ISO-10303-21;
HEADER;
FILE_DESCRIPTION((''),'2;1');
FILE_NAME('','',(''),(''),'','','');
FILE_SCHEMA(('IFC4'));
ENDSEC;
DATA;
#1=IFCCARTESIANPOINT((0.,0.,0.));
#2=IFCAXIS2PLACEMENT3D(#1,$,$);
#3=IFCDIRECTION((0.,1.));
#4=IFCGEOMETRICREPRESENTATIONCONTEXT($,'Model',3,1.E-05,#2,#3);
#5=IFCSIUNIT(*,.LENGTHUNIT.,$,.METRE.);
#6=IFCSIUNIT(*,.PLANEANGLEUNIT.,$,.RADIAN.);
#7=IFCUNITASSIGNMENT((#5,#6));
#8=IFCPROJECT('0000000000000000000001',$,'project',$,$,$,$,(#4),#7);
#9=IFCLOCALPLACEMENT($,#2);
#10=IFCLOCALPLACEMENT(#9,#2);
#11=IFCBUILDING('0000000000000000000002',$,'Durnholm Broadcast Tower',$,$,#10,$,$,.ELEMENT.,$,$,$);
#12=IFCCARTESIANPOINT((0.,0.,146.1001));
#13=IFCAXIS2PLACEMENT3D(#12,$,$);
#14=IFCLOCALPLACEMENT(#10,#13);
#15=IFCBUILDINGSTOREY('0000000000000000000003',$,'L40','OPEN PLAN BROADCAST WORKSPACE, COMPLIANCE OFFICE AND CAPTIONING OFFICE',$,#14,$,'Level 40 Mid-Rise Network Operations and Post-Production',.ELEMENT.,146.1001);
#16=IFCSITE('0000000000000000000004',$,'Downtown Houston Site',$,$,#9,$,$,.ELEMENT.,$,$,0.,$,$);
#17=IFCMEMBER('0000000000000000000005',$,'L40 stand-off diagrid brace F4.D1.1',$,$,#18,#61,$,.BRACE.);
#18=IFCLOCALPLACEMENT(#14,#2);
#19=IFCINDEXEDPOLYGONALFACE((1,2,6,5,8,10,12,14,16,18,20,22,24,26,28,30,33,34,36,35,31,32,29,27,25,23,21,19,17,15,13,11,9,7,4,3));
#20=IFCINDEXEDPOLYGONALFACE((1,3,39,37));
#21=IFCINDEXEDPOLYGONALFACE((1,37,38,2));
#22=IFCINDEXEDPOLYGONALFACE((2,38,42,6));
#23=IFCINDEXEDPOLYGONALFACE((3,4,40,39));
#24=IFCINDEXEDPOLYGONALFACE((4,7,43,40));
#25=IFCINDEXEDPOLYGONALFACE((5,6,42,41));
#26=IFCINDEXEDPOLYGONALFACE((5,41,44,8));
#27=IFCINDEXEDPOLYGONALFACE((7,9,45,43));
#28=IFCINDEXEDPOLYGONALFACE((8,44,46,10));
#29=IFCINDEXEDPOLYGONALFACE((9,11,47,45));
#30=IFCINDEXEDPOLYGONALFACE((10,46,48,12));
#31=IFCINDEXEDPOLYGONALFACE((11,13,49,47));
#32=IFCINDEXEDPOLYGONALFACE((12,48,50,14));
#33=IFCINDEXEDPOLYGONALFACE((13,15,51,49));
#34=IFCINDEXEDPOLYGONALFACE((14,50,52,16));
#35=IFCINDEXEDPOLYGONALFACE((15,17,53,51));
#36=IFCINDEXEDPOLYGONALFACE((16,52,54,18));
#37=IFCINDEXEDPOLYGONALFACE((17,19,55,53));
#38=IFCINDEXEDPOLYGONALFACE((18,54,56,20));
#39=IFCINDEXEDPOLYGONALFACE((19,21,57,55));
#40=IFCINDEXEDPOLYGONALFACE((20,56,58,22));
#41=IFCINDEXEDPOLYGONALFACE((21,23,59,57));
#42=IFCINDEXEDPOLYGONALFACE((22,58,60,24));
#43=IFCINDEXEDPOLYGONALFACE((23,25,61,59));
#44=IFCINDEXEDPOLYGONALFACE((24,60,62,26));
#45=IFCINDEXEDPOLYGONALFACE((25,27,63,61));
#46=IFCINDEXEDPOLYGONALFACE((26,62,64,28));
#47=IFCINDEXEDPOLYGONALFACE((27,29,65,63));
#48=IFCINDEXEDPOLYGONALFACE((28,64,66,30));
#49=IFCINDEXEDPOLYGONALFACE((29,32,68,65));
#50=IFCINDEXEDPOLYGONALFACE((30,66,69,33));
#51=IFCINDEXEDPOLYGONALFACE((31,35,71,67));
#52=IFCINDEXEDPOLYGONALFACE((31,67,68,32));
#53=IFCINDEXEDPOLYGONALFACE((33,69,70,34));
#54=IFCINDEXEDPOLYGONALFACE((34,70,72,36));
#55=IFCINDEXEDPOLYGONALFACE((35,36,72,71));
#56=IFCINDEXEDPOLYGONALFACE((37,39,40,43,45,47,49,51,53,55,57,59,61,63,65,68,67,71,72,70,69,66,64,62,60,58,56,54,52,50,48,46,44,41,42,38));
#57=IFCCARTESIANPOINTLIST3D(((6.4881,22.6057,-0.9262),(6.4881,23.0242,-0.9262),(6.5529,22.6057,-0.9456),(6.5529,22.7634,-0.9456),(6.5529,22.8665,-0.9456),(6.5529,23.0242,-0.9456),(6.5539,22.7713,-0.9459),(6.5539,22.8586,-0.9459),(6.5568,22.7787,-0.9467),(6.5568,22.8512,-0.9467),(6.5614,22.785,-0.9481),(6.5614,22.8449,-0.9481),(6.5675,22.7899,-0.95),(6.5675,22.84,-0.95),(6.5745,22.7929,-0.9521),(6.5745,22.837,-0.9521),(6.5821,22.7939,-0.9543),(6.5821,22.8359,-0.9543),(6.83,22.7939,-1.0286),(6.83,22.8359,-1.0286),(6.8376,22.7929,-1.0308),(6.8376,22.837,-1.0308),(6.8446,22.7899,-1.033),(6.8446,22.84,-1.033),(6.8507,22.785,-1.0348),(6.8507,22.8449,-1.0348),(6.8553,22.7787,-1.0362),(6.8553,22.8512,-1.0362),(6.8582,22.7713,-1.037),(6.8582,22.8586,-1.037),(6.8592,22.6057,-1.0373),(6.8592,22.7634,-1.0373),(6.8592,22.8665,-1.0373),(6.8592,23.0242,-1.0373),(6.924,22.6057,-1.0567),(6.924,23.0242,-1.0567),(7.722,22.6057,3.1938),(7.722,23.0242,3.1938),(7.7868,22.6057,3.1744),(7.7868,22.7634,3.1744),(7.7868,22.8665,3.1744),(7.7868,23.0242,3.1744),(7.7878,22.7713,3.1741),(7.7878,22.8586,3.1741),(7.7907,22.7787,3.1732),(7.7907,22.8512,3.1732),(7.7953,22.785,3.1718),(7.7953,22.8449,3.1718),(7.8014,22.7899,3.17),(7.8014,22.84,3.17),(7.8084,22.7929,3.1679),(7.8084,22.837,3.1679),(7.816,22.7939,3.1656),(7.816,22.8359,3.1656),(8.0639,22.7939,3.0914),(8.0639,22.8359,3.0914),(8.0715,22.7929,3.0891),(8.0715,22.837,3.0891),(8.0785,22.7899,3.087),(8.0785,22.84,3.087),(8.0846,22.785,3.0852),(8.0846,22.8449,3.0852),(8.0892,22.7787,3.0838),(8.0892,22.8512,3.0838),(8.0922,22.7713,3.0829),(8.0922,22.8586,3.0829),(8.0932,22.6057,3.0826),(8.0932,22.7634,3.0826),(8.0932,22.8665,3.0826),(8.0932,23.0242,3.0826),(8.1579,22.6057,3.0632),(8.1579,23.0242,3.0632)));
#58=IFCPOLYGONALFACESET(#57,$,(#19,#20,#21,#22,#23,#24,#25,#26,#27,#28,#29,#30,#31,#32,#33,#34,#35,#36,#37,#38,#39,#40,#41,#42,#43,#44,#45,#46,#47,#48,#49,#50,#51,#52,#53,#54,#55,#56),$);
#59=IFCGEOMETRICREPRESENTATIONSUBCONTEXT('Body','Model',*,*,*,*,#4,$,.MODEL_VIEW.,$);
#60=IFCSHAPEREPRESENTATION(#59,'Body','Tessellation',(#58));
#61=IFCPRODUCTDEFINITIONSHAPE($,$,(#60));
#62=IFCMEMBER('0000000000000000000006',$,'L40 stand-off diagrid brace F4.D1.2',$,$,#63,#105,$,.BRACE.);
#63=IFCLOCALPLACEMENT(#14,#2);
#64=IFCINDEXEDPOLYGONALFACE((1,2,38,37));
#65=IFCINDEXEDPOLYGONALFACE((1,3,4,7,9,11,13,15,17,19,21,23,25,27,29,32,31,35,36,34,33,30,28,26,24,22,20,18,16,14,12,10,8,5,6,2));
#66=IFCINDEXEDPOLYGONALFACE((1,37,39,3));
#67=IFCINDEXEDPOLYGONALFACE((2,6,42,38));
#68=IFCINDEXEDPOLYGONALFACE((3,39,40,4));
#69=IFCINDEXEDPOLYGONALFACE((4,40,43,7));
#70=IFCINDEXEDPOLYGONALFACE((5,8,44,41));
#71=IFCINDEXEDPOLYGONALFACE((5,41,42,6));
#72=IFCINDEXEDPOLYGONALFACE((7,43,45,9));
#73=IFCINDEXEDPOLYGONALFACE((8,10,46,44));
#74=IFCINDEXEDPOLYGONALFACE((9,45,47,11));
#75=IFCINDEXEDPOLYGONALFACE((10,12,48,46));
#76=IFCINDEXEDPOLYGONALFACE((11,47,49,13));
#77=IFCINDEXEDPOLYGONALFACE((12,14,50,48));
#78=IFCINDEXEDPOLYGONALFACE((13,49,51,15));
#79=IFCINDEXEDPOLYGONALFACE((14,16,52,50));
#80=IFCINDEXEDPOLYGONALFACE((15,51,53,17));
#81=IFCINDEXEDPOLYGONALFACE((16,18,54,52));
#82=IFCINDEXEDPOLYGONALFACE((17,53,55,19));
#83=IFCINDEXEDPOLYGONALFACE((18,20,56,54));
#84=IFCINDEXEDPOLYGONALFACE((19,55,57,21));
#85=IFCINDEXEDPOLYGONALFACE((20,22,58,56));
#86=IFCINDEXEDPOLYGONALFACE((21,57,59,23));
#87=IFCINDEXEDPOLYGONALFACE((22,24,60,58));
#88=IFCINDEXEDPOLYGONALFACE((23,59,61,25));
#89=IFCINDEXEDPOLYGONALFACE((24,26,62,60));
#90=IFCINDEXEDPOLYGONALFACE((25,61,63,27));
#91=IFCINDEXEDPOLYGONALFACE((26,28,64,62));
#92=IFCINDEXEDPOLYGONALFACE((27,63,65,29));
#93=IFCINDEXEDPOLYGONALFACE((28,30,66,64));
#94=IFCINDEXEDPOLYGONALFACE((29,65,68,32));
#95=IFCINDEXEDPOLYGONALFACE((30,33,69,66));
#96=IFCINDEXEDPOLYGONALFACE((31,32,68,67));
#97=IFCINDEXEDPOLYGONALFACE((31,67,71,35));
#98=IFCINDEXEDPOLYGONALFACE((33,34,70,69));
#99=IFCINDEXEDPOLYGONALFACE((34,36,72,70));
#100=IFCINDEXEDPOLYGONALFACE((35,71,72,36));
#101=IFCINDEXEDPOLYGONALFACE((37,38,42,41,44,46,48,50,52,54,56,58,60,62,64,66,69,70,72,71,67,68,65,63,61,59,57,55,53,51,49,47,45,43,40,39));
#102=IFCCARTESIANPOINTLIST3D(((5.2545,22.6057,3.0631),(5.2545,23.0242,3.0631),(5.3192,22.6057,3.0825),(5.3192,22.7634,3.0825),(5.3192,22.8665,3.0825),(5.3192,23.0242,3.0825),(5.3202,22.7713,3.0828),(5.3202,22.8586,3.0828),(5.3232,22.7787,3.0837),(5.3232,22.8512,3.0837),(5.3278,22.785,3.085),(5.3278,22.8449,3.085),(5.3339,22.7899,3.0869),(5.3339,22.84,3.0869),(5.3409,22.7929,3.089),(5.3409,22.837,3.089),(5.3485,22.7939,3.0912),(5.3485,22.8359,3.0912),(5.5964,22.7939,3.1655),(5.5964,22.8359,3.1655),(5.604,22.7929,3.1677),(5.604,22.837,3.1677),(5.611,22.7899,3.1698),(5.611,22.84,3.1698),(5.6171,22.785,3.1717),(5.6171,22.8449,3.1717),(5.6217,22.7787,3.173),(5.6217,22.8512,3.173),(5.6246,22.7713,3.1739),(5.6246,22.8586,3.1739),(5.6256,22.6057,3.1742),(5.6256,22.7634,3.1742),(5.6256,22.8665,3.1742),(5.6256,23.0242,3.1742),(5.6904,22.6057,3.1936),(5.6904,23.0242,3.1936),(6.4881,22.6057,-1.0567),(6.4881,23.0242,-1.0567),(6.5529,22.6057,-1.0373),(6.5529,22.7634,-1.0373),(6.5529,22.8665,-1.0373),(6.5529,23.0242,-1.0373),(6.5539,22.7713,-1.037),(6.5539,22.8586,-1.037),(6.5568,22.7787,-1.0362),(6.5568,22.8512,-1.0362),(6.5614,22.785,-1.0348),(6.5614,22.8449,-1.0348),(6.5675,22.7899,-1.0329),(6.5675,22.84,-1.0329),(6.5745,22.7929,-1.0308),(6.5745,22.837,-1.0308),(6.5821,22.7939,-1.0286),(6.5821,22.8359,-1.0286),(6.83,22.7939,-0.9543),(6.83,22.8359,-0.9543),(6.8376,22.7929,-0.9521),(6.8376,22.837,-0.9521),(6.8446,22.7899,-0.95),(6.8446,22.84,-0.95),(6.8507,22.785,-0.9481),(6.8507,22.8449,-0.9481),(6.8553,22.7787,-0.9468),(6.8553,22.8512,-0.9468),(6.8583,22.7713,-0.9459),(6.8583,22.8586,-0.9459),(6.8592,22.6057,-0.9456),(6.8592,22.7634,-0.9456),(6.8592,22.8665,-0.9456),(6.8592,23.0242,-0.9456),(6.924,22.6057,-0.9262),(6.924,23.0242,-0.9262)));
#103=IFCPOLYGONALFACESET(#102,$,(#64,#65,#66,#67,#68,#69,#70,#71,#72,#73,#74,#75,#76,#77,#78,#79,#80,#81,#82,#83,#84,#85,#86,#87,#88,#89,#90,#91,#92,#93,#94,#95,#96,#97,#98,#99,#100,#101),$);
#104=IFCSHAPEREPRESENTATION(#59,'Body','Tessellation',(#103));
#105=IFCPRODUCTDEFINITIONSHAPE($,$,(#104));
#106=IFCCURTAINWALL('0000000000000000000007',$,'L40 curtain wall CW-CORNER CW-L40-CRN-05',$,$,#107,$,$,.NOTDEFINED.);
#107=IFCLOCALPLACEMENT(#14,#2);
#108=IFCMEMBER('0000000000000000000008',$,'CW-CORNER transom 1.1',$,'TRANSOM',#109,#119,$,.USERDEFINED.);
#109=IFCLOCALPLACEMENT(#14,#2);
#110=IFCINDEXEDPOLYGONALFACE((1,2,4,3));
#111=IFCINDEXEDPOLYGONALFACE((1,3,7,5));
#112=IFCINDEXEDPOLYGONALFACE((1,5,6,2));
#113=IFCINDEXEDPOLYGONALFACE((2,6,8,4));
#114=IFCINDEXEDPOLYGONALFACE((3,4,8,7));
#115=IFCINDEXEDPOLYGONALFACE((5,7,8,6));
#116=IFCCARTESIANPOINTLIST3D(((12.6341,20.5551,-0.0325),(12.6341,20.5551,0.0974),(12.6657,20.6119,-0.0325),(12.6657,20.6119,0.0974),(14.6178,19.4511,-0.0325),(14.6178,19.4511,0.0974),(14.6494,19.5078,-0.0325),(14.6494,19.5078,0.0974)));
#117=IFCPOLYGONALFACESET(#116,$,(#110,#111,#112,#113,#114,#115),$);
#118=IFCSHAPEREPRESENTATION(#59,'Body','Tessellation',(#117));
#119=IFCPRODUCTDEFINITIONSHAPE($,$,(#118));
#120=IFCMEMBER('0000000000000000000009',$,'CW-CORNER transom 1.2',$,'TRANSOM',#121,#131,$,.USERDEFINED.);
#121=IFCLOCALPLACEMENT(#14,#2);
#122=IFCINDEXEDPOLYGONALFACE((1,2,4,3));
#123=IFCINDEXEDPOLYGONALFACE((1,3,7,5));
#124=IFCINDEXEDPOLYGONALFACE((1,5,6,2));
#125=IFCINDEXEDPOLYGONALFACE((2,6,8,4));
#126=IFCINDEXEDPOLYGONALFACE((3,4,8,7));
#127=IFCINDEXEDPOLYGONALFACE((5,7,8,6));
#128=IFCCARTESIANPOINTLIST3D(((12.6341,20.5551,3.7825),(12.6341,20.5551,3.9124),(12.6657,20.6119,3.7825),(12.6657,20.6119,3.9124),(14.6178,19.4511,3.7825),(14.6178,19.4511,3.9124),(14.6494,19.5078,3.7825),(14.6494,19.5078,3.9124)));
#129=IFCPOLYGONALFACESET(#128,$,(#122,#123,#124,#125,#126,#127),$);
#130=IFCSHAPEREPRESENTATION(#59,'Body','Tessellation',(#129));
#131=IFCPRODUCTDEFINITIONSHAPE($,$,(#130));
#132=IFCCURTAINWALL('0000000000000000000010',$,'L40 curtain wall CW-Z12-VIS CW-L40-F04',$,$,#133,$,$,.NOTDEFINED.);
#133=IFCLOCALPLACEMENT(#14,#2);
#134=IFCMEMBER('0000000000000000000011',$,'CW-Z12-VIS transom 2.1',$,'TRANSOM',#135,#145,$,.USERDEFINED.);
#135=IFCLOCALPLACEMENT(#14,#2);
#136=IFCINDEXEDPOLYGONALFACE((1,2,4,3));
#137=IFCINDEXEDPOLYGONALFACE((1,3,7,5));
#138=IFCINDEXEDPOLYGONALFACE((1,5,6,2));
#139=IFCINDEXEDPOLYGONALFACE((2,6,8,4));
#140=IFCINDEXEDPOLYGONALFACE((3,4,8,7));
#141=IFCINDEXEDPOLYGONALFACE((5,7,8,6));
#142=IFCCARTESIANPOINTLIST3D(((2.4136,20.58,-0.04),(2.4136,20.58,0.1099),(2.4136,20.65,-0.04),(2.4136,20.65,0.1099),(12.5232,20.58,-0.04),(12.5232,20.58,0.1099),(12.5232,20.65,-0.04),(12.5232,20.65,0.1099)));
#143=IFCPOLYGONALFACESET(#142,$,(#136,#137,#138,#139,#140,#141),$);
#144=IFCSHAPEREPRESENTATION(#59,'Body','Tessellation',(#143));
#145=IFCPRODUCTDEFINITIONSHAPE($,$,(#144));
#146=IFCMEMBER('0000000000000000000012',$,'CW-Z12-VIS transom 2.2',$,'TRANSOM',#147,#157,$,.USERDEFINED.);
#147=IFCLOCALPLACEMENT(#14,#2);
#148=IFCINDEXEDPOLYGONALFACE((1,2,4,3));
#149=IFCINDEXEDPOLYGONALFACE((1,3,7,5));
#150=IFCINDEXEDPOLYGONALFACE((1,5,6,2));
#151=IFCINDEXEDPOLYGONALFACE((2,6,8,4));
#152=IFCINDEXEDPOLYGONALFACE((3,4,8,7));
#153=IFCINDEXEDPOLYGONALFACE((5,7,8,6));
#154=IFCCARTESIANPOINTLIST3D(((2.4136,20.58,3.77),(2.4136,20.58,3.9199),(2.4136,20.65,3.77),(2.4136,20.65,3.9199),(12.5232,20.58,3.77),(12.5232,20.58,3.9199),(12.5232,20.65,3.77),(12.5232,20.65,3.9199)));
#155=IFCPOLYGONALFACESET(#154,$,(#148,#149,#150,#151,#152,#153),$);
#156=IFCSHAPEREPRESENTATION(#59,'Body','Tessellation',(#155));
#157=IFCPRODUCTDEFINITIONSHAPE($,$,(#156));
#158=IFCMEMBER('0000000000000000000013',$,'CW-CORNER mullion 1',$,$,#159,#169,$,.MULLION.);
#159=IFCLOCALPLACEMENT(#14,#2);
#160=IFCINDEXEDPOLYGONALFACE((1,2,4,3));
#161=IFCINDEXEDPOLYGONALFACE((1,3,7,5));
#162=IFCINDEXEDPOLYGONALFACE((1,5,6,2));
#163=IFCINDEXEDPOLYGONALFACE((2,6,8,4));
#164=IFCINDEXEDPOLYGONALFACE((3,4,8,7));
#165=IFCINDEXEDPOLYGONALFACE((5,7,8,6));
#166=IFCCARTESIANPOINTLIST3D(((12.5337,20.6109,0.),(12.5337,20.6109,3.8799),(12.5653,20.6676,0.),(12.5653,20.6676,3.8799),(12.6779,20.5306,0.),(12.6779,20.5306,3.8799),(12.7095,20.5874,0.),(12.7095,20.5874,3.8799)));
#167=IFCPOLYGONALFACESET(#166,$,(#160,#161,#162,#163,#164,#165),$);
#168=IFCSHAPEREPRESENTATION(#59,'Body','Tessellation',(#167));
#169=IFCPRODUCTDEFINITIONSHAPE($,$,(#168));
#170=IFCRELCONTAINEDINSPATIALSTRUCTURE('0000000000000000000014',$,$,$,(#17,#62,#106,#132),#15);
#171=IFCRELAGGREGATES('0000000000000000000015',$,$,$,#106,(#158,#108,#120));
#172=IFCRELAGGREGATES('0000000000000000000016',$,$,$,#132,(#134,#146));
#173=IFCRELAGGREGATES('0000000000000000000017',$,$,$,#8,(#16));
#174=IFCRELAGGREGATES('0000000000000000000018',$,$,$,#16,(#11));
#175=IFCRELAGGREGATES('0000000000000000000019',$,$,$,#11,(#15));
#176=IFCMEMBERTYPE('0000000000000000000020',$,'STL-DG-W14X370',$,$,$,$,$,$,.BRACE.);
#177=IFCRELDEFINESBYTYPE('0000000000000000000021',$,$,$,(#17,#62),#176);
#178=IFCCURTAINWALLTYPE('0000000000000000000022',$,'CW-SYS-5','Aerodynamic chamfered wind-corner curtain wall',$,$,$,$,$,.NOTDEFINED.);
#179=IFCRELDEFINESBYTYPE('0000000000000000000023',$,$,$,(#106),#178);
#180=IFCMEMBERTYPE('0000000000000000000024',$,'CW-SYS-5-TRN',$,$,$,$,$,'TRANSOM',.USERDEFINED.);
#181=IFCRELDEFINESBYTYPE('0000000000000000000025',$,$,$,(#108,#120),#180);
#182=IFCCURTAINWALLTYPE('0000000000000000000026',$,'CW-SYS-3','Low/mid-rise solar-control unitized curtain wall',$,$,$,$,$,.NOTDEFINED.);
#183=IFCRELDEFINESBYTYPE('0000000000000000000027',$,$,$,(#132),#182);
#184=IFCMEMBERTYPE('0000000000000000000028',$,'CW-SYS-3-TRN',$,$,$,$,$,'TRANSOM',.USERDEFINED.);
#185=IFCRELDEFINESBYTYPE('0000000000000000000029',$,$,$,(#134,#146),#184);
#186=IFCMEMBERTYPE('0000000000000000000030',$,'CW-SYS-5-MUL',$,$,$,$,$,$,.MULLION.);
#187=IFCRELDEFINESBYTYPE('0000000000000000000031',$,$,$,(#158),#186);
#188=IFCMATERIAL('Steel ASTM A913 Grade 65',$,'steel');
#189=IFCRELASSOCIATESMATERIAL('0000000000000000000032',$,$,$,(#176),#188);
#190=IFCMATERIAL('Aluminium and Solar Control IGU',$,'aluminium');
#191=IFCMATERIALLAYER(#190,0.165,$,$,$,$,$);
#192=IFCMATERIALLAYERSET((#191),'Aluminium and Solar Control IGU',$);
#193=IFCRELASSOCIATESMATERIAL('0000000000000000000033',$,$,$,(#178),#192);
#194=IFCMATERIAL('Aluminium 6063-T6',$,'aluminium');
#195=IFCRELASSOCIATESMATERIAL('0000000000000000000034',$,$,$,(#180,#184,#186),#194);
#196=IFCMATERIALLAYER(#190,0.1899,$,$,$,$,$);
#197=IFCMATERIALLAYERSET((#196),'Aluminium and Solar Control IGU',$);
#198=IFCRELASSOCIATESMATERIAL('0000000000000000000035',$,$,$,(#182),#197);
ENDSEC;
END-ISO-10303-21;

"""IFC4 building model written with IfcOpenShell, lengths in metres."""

from ifc_helpers import new_model, si_unit, direction, frame, origin, origin_2d, place, context, subcontext, project, spatial, rectangle, i_section, extrude, source, transform, mapped, material, layer, layer_set, material_profile, profile_set, type_object, type_shapes, element, aggregate, save


model = new_model("IFC4")

# Units and contexts
model_context = context("Model", 3, precision=1e-05, world=origin(), true_north=direction((0.0, 1.0)))
body_context = subcontext(model_context, "Body", "Model", "MODEL_VIEW")
ifc_project = project(units=[si_unit("LENGTHUNIT", "METRE"), si_unit("PLANEANGLEUNIT", "RADIAN")], contexts=[model_context])

# Site, building, storey
site_placement = place(None, origin())
site = spatial("IfcSite", under=ifc_project, at=site_placement, Name="Downtown Houston Site", CompositionType="ELEMENT", RefElevation=0.0)
building_placement = place(site_placement, origin())
building = spatial("IfcBuilding", under=site, at=building_placement, Name="Durnholm Broadcast Tower", CompositionType="ELEMENT")
storey_placement = place(building_placement, frame((0.0, 0.0, 146.1001)))
storey = spatial("IfcBuildingStorey", under=building, at=storey_placement, Name="L40", Description="OPEN PLAN BROADCAST WORKSPACE, COMPLIANCE OFFICE AND CAPTIONING OFFICE", LongName="Level 40 Mid-Rise Network Operations and Post-Production", CompositionType="ELEMENT", Elevation=146.1001)

# Members
ifc_material_1 = material(Name="Steel ASTM A913 Grade 65", Category="steel")
ifc_material_profile_1 = material_profile(ifc_material_1, i_section(OverallWidth=0.4185, OverallDepth=0.4551, WebThickness=0.042, FlangeThickness=0.0676, FilletRadius=0.0305, at=origin_2d()), Name="W14X370")
ifc_profile_set_1 = profile_set([ifc_material_profile_1], Name="Steel ASTM A913 Grade 65")
member_type_1 = type_object("IfcMemberType", Name="STL-DG-W14X370", PredefinedType="BRACE", material=ifc_profile_set_1)
shared_shape_1 = source(origin(), body_context, "Body", "SweptSolid", [
    extrude(i_section(OverallWidth=0.4185, OverallDepth=0.4551, WebThickness=0.042, FlangeThickness=0.0676, FilletRadius=0.0305, at=origin_2d()), origin(), (0.0, 0.0, 1.0), 4.3008),
])
member_1_placement = place(storey_placement, frame((6.7061, 22.8149, -0.9915), z_axis=(0.286905, 0.0, 0.957959), x_axis=(0.0, 1.0, 0.0)))
element("IfcMember", 1, at=member_1_placement, inside=storey, type_object=member_type_1, Name="L40 stand-off diagrid brace F4.D1.1", PredefinedType="BRACE", context=body_context, shape_type="MappedRepresentation", body=[
    mapped(shared_shape_1, transform((0.0, 0.0, 0.0), x_axis=(1.0, 0.0, 0.0), y_axis=(0.0, 1.0, 0.0), z_axis=(0.0, 0.0, 1.0), scale=1.0)),
])
shared_shape_2 = source(origin(), body_context, "Body", "SweptSolid", [
    extrude(i_section(OverallWidth=0.4185, OverallDepth=0.4551, WebThickness=0.042, FlangeThickness=0.0676, FilletRadius=0.0305, at=origin_2d()), origin(), (0.0, 0.0, 1.0), 4.3005),
])
type_shapes(member_type_1, [shared_shape_1, shared_shape_2])
member_2_placement = place(storey_placement, frame((6.7061, 22.8149, -0.9915), z_axis=(-0.286853, 0.0, 0.957975), x_axis=(0.0, -1.0, 0.0)))
element("IfcMember", 2, at=member_2_placement, inside=storey, type_object=member_type_1, Name="L40 stand-off diagrid brace F4.D1.2", PredefinedType="BRACE", context=body_context, shape_type="MappedRepresentation", body=[
    mapped(shared_shape_2, transform((0.0, 0.0, 0.0), x_axis=(1.0, 0.0, 0.0), y_axis=(0.0, 1.0, 0.0), z_axis=(0.0, 0.0, 1.0), scale=1.0)),
])

# Curtain walls, members
ifc_material_2 = material(Name="Aluminium and Solar Control IGU", Category="aluminium")
ifc_layer_1 = layer(ifc_material_2, 0.165)
ifc_layer_set_1 = layer_set([ifc_layer_1], Name="Aluminium and Solar Control IGU")
curtain_wall_type_1 = type_object("IfcCurtainWallType", Name="CW-SYS-5", Description="Aerodynamic chamfered wind-corner curtain wall", PredefinedType="NOTDEFINED", material=ifc_layer_set_1)
curtain_wall_1_placement = place(storey_placement, origin())
curtain_wall_1 = element("IfcCurtainWall", 3, at=curtain_wall_1_placement, inside=storey, type_object=curtain_wall_type_1, Name="L40 curtain wall CW-CORNER CW-L40-CRN-05", PredefinedType="NOTDEFINED")
ifc_material_3 = material(Name="Aluminium 6063-T6", Category="aluminium")
ifc_material_profile_2 = material_profile(ifc_material_3, rectangle(XDim=0.0649, YDim=0.1299, at=origin_2d()), Name="CWT65X130")
ifc_profile_set_2 = profile_set([ifc_material_profile_2], Name="Aluminium 6063-T6")
member_type_2 = type_object("IfcMemberType", Name="CW-SYS-5-TRN", ElementType="TRANSOM", PredefinedType="USERDEFINED", material=ifc_profile_set_2)
shared_shape_3 = source(origin(), body_context, "Body", "SweptSolid", [
    extrude(rectangle(XDim=0.0649, YDim=0.1299, at=origin_2d()), origin(), (0.0, 0.0, 1.0), 2.2703),
])
type_shapes(member_type_2, [shared_shape_3])
member_3_placement = place(storey_placement, frame((12.6499, 20.5835, 0.0325), z_axis=(0.873787, -0.486309, 0.0), x_axis=(0.486309, 0.873787, 0.0)))
member_3 = element("IfcMember", 4, at=member_3_placement, type_object=member_type_2, Name="CW-CORNER transom 1.1", ObjectType="TRANSOM", PredefinedType="USERDEFINED", context=body_context, shape_type="MappedRepresentation", body=[
    mapped(shared_shape_3, transform((0.0, 0.0, 0.0), x_axis=(1.0, 0.0, 0.0), y_axis=(0.0, 1.0, 0.0), z_axis=(0.0, 0.0, 1.0), scale=1.0)),
])
member_4_placement = place(storey_placement, frame((12.6499, 20.5835, 3.8474), z_axis=(0.873787, -0.486309, 0.0), x_axis=(0.486309, 0.873787, 0.0)))
member_4 = element("IfcMember", 5, at=member_4_placement, type_object=member_type_2, Name="CW-CORNER transom 1.2", ObjectType="TRANSOM", PredefinedType="USERDEFINED", context=body_context, shape_type="MappedRepresentation", body=[
    mapped(shared_shape_3, transform((0.0, 0.0, 0.0), x_axis=(1.0, 0.0, 0.0), y_axis=(0.0, 1.0, 0.0), z_axis=(0.0, 0.0, 1.0), scale=1.0)),
])
ifc_layer_2 = layer(ifc_material_2, 0.1899)
ifc_layer_set_2 = layer_set([ifc_layer_2], Name="Aluminium and Solar Control IGU")
curtain_wall_type_2 = type_object("IfcCurtainWallType", Name="CW-SYS-3", Description="Low/mid-rise solar-control unitized curtain wall", PredefinedType="NOTDEFINED", material=ifc_layer_set_2)
curtain_wall_2_placement = place(storey_placement, origin())
curtain_wall_2 = element("IfcCurtainWall", 6, at=curtain_wall_2_placement, inside=storey, type_object=curtain_wall_type_2, Name="L40 curtain wall CW-Z12-VIS CW-L40-F04", PredefinedType="NOTDEFINED")
ifc_material_profile_3 = material_profile(ifc_material_3, rectangle(XDim=0.0701, YDim=0.1499, at=origin_2d()), Name="CWT70X150")
ifc_profile_set_3 = profile_set([ifc_material_profile_3], Name="Aluminium 6063-T6")
member_type_3 = type_object("IfcMemberType", Name="CW-SYS-3-TRN", ElementType="TRANSOM", PredefinedType="USERDEFINED", material=ifc_profile_set_3)
shared_shape_4 = source(origin(), body_context, "Body", "SweptSolid", [
    extrude(rectangle(XDim=0.0701, YDim=0.1499, at=origin_2d()), origin(), (0.0, 0.0, 1.0), 10.1096),
])
type_shapes(member_type_3, [shared_shape_4])
member_5_placement = place(storey_placement, frame((2.4136, 20.615, 0.0349), z_axis=(1.0, 0.0, 0.0), x_axis=(0.0, 1.0, 0.0)))
member_5 = element("IfcMember", 7, at=member_5_placement, type_object=member_type_3, Name="CW-Z12-VIS transom 2.1", ObjectType="TRANSOM", PredefinedType="USERDEFINED", context=body_context, shape_type="MappedRepresentation", body=[
    mapped(shared_shape_4, transform((0.0, 0.0, 0.0), x_axis=(1.0, 0.0, 0.0), y_axis=(0.0, 1.0, 0.0), z_axis=(0.0, 0.0, 1.0), scale=1.0)),
])
member_6_placement = place(storey_placement, frame((2.4136, 20.615, 3.845), z_axis=(1.0, 0.0, 0.0), x_axis=(0.0, 1.0, 0.0)))
member_6 = element("IfcMember", 8, at=member_6_placement, type_object=member_type_3, Name="CW-Z12-VIS transom 2.2", ObjectType="TRANSOM", PredefinedType="USERDEFINED", context=body_context, shape_type="MappedRepresentation", body=[
    mapped(shared_shape_4, transform((0.0, 0.0, 0.0), x_axis=(1.0, 0.0, 0.0), y_axis=(0.0, 1.0, 0.0), z_axis=(0.0, 0.0, 1.0), scale=1.0)),
])

# Member
ifc_material_profile_4 = material_profile(ifc_material_3, rectangle(XDim=0.0649, YDim=0.165, at=origin_2d()), Name="CWM65X165")
ifc_profile_set_4 = profile_set([ifc_material_profile_4], Name="Aluminium 6063-T6")
member_type_4 = type_object("IfcMemberType", Name="CW-SYS-5-MUL", PredefinedType="MULLION", material=ifc_profile_set_4)
shared_shape_5 = source(origin(), body_context, "Body", "SweptSolid", [
    extrude(rectangle(XDim=0.0649, YDim=0.165, at=origin_2d()), origin(), (0.0, 0.0, 1.0), 3.8799),
])
type_shapes(member_type_4, [shared_shape_5])
member_7_placement = place(storey_placement, frame((12.6216, 20.5991, 0.0), z_axis=(0.0, 0.0, 1.0), x_axis=(0.486244, 0.873823, 0.0)))
member_7 = element("IfcMember", 9, at=member_7_placement, type_object=member_type_4, Name="CW-CORNER mullion 1", PredefinedType="MULLION", context=body_context, shape_type="MappedRepresentation", body=[
    mapped(shared_shape_5, transform((0.0, 0.0, 0.0), x_axis=(1.0, 0.0, 0.0), y_axis=(0.0, 1.0, 0.0), z_axis=(0.0, 0.0, 1.0), scale=1.0)),
])
aggregate(curtain_wall_1, [member_7, member_3, member_4])

aggregate(curtain_wall_2, [member_5, member_6])

save(model, "model.ifc")
